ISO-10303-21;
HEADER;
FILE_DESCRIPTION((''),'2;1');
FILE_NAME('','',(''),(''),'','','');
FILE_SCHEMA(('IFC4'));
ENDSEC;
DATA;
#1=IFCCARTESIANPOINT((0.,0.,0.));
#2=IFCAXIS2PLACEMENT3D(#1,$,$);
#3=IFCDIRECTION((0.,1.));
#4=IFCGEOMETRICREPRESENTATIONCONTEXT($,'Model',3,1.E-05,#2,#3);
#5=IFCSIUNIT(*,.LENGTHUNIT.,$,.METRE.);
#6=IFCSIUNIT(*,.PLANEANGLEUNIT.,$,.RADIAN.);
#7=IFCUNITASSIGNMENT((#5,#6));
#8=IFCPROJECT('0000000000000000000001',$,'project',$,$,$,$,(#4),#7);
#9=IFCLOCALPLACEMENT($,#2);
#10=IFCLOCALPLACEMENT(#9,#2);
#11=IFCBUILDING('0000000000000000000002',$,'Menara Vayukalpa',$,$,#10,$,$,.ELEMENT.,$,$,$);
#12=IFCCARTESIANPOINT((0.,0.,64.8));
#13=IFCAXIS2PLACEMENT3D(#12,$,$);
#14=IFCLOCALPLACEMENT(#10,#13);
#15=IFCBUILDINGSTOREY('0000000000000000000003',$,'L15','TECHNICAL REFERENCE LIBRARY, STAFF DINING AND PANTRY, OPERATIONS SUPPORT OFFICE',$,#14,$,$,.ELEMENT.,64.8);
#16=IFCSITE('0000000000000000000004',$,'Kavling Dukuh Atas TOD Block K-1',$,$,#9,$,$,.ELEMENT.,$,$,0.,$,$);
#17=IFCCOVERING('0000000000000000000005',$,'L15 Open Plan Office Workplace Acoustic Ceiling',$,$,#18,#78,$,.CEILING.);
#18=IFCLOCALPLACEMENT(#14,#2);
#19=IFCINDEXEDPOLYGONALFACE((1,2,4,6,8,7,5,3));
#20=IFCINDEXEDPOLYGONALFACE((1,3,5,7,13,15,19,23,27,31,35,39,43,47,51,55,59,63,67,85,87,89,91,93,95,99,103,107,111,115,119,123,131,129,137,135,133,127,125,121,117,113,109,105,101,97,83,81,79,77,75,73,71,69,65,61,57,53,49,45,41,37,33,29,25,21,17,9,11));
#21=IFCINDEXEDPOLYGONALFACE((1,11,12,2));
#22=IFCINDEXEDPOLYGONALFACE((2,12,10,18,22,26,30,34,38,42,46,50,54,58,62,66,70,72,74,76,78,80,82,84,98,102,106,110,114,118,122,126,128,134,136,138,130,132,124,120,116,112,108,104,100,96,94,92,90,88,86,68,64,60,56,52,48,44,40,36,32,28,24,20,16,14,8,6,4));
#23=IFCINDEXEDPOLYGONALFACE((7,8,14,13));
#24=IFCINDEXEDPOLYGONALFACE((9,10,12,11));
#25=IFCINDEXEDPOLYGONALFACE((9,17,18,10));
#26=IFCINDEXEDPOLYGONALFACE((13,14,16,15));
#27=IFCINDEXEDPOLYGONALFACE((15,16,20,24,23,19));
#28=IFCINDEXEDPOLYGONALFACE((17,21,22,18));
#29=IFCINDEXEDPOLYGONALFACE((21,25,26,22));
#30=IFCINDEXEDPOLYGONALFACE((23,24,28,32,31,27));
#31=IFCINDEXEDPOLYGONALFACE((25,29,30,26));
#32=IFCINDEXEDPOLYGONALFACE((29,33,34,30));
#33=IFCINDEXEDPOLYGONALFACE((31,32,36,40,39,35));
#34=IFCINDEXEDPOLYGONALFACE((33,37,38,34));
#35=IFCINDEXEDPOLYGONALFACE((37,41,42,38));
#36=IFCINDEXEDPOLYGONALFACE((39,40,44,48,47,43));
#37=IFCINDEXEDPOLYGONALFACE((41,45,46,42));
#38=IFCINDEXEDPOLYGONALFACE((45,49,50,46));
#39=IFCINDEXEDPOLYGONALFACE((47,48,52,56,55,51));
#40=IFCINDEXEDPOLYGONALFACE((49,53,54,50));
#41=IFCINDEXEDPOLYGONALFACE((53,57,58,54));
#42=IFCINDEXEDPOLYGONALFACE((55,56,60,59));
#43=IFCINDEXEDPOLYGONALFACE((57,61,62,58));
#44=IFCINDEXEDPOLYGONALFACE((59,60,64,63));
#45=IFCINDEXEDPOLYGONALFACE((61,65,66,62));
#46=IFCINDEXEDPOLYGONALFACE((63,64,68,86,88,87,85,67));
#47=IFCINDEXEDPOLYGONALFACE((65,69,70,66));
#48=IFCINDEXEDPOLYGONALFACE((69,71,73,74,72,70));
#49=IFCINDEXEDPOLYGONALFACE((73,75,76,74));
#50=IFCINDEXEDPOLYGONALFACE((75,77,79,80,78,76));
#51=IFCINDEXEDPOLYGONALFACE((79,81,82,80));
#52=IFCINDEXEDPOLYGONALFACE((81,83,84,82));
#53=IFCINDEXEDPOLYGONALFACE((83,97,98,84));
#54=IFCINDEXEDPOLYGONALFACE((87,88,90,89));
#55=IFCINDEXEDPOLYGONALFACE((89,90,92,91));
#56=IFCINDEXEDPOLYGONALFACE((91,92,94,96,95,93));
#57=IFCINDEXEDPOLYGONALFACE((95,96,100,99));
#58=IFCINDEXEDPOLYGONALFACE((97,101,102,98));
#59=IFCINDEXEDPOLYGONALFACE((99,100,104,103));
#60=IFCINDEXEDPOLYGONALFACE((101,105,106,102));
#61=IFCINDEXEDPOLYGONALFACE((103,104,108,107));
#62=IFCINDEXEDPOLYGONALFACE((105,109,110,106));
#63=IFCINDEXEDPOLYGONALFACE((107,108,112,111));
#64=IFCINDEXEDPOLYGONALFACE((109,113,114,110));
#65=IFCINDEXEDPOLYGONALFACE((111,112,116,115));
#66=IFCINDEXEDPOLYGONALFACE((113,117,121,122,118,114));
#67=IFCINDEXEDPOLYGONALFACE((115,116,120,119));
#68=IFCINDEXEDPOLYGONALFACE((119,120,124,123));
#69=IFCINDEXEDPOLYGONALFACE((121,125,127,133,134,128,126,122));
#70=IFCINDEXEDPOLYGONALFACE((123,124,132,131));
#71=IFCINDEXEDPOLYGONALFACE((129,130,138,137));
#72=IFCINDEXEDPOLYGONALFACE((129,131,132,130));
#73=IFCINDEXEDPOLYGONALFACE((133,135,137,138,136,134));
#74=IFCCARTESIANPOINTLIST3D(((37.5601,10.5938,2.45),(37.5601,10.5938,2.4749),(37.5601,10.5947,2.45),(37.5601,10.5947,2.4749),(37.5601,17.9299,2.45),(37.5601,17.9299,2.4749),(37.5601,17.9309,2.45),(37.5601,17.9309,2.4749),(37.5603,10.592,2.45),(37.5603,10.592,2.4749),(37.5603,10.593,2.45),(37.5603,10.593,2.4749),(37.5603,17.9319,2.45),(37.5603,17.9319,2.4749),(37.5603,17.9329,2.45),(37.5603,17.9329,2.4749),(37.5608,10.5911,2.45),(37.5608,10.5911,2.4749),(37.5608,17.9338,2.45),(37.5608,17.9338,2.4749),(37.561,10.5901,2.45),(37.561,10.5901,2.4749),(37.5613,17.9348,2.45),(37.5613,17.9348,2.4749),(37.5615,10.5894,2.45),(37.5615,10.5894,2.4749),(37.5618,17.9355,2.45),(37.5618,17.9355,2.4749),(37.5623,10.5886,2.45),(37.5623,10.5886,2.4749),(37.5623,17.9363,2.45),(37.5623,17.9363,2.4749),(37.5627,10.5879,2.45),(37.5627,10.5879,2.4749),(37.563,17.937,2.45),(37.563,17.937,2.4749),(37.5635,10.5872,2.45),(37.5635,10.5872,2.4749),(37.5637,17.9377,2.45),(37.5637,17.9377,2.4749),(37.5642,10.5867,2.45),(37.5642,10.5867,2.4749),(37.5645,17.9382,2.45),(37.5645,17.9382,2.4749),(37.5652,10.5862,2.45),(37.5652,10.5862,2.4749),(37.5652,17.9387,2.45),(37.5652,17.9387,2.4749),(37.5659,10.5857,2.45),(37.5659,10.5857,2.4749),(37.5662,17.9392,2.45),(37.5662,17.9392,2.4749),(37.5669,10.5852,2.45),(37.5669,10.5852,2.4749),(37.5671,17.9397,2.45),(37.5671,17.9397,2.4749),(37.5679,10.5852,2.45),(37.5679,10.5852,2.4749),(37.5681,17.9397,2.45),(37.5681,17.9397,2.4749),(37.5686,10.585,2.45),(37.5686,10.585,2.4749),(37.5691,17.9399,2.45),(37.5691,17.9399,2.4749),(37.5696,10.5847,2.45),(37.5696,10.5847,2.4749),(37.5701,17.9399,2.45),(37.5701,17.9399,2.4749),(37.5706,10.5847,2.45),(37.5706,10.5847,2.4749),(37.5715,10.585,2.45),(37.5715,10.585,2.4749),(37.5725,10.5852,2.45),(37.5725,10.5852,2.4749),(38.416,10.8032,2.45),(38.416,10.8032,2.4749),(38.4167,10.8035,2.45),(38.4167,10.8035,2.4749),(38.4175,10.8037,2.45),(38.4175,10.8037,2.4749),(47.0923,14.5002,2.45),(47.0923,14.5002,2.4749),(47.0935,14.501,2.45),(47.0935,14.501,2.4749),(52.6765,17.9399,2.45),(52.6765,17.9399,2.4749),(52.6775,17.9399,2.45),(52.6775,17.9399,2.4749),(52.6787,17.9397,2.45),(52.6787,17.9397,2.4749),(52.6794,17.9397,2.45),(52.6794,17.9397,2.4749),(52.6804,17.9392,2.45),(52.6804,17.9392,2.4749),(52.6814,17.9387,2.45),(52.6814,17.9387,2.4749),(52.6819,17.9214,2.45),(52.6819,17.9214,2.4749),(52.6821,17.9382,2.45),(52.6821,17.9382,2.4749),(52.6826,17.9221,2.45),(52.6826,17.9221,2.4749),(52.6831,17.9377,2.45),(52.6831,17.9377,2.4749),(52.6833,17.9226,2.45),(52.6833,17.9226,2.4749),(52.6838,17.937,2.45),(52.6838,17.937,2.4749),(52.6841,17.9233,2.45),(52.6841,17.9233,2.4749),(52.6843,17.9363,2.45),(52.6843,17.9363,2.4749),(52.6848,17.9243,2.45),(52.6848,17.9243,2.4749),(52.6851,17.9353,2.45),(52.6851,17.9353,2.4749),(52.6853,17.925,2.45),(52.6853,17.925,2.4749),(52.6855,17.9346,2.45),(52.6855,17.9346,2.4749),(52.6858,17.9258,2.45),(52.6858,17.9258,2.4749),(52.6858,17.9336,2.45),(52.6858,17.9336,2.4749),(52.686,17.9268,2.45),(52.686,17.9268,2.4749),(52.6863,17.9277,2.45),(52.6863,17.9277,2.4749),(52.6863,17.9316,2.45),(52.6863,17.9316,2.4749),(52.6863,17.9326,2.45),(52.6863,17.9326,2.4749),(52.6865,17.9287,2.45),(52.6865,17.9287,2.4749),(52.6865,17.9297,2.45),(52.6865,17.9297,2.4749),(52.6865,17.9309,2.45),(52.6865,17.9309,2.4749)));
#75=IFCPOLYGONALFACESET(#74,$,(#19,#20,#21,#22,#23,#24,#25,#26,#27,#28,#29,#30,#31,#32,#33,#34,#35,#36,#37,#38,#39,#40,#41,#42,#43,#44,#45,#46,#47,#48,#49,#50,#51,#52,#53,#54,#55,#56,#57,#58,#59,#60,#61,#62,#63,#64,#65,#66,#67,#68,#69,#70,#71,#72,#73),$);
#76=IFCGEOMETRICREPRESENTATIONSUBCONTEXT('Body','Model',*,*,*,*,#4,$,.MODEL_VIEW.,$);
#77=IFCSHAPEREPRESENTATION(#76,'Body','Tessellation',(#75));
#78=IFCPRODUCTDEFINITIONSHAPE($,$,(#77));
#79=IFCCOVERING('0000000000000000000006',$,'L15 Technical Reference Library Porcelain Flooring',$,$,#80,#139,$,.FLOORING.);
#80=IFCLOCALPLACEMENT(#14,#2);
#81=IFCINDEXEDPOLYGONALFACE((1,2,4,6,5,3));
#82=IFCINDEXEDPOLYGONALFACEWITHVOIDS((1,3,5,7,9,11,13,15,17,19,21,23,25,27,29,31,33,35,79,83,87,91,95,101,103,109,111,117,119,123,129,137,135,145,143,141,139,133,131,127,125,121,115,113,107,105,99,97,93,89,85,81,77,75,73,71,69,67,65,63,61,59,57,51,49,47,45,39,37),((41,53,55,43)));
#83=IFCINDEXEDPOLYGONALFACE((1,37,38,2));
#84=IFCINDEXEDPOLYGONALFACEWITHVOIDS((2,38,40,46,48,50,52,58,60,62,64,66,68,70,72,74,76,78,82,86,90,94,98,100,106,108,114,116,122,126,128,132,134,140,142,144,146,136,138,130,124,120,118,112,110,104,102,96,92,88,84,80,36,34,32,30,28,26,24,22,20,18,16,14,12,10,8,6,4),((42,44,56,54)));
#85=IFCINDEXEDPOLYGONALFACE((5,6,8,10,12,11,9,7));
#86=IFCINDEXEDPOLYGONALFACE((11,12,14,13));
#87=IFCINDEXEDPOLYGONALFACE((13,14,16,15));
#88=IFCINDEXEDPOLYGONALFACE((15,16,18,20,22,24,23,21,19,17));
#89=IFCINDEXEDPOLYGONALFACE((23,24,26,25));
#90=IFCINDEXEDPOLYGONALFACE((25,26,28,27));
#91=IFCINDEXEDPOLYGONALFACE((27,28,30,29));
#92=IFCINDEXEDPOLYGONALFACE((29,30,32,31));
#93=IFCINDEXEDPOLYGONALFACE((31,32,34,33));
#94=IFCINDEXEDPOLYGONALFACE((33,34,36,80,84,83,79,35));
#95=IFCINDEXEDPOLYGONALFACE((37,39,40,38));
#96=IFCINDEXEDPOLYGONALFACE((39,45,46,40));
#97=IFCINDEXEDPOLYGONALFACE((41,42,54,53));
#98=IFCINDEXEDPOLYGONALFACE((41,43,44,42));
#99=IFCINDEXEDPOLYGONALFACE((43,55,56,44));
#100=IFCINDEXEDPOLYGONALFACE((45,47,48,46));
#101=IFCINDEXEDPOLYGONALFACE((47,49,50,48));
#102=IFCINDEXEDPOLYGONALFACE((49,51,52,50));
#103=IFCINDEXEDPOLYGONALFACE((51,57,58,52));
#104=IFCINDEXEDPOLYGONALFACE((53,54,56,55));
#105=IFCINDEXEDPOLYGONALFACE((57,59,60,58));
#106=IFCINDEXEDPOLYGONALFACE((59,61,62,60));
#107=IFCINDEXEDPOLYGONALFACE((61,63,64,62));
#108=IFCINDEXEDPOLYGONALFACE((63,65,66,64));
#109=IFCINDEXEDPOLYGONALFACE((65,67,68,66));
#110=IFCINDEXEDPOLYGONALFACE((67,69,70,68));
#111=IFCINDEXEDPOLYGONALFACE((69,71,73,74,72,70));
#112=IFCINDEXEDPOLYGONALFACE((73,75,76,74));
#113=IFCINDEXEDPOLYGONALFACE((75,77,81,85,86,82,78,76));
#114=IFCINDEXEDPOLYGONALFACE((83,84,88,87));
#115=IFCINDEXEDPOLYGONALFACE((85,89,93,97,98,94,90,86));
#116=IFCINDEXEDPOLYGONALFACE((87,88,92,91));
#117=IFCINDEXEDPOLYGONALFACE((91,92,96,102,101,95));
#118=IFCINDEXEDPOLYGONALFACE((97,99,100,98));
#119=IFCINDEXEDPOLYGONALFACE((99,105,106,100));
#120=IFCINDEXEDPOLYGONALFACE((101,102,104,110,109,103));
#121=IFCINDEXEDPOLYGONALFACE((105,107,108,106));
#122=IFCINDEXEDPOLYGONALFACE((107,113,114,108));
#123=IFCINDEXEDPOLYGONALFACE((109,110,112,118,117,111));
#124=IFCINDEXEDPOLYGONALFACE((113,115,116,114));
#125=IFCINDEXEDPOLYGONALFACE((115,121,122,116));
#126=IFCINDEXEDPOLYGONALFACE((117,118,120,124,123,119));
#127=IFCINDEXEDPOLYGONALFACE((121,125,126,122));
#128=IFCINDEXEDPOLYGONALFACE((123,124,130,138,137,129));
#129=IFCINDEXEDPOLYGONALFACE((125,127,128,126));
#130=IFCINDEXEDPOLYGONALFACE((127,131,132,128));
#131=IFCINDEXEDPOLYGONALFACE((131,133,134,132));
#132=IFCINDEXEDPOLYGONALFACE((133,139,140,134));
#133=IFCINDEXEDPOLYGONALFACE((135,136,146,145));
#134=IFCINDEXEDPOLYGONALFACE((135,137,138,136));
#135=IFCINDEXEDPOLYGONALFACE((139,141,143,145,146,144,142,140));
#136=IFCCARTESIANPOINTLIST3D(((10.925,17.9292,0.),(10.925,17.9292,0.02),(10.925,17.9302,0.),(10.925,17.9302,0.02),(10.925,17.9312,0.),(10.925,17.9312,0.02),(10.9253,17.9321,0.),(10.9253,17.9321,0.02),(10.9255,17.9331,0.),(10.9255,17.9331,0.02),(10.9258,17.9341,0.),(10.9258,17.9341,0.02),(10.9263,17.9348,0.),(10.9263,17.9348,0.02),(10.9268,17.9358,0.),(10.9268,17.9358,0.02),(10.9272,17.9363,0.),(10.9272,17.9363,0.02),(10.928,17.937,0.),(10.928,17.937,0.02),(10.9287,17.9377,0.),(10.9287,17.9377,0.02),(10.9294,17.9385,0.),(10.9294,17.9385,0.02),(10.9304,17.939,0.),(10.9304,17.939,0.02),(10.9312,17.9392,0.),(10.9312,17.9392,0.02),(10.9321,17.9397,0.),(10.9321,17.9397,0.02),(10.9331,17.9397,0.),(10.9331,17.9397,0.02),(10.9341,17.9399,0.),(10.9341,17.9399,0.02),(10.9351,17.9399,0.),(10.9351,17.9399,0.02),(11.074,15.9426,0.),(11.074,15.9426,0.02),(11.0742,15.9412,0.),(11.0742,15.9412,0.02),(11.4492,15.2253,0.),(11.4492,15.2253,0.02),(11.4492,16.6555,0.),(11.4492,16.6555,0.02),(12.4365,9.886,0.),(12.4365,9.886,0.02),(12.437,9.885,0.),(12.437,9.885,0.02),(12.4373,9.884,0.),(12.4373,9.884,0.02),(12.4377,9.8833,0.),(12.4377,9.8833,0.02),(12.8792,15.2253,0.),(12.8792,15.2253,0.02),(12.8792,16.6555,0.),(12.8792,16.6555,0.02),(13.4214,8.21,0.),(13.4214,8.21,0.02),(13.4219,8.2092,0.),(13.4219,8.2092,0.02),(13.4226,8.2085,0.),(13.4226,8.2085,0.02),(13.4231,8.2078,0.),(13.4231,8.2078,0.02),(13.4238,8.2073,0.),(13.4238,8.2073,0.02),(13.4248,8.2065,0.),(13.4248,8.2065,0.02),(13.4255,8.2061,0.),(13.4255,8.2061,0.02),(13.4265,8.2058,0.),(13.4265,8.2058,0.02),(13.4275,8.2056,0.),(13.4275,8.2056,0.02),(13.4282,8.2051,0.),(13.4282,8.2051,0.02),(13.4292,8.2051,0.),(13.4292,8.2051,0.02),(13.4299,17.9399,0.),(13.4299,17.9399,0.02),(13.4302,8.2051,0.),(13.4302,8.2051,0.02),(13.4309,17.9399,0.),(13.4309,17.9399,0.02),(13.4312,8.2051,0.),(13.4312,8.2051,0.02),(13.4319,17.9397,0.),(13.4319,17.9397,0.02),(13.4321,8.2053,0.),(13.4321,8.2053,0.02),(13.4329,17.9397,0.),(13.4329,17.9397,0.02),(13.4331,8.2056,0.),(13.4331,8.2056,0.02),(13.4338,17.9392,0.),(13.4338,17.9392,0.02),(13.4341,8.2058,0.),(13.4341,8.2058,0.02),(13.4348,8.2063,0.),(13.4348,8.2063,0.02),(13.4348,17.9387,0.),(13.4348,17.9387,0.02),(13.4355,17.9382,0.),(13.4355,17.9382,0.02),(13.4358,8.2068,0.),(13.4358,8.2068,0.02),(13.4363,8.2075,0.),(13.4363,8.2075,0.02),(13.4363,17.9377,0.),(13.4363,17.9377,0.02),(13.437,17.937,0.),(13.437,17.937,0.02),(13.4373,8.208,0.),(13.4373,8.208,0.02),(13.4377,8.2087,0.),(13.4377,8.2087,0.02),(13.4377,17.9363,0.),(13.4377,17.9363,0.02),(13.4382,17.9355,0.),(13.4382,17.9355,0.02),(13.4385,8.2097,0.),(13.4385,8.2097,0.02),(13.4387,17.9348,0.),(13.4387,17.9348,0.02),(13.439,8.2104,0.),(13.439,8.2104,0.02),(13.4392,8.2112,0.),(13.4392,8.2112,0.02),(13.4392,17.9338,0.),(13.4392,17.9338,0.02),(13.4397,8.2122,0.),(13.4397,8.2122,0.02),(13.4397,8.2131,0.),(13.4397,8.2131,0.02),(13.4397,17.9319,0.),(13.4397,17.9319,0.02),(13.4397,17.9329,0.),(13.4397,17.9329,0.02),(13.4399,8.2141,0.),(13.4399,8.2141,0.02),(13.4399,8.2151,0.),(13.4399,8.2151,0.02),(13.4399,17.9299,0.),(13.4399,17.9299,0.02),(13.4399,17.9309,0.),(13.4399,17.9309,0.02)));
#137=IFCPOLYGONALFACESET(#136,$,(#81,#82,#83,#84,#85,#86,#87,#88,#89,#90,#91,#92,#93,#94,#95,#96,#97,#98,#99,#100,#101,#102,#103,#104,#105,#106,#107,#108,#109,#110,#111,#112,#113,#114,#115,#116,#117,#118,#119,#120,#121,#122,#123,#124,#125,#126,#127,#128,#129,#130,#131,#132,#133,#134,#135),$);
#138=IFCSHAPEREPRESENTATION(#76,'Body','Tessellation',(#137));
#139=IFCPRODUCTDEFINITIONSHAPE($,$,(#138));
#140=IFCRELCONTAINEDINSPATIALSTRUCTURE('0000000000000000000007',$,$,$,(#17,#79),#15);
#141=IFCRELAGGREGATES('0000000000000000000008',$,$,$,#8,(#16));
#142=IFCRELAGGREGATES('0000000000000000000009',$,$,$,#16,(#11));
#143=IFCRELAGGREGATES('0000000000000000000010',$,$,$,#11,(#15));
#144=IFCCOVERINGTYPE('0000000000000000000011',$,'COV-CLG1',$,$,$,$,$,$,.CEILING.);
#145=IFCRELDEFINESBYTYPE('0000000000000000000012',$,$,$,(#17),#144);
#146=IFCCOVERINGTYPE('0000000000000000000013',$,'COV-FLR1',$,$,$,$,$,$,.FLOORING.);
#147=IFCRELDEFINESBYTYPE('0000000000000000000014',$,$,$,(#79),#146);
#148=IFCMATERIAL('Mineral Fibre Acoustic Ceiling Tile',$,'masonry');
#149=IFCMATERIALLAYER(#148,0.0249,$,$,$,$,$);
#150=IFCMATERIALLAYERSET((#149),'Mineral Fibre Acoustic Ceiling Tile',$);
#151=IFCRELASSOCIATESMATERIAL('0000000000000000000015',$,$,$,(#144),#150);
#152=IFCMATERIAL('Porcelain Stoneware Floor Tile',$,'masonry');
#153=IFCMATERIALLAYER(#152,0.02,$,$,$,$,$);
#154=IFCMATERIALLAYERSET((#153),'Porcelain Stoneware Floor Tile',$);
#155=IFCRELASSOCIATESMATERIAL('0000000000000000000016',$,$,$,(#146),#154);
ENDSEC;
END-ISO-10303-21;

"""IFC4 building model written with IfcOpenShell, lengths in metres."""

from ifc_helpers import new_model, si_unit, direction, frame, origin, place, context, subcontext, project, spatial, polyline, outline, extrude, material, layer, layer_set, type_object, element, save


model = new_model("IFC4")

# Units and contexts
model_context = context("Model", 3, precision=1e-05, world=origin(), true_north=direction((0.0, 1.0)))
body_context = subcontext(model_context, "Body", "Model", "MODEL_VIEW")
ifc_project = project(units=[si_unit("LENGTHUNIT", "METRE"), si_unit("PLANEANGLEUNIT", "RADIAN")], contexts=[model_context])

# Site, building, storey
site_placement = place(None, origin())
site = spatial("IfcSite", under=ifc_project, at=site_placement, Name="Kavling Dukuh Atas TOD Block K-1", CompositionType="ELEMENT", RefElevation=0.0)
building_placement = place(site_placement, origin())
building = spatial("IfcBuilding", under=site, at=building_placement, Name="Menara Vayukalpa", CompositionType="ELEMENT")
storey_placement = place(building_placement, frame((0.0, 0.0, 64.8)))
storey = spatial("IfcBuildingStorey", under=building, at=storey_placement, Name="L15", Description="TECHNICAL REFERENCE LIBRARY, STAFF DINING AND PANTRY, OPERATIONS SUPPORT OFFICE", CompositionType="ELEMENT", Elevation=64.8)

# Coverings
ifc_material_1 = material(Name="Mineral Fibre Acoustic Ceiling Tile", Category="masonry")
ifc_layer_1 = layer(ifc_material_1, 0.0249)
ifc_layer_set_1 = layer_set([ifc_layer_1], Name="Mineral Fibre Acoustic Ceiling Tile")
covering_type_1 = type_object("IfcCoveringType", Name="COV-CLG1", PredefinedType="CEILING", material=ifc_layer_set_1)
covering_1_placement = place(storey_placement, frame((0.0, 0.0, 2.45)))
element("IfcCovering", 1, at=covering_1_placement, inside=storey, type_object=covering_type_1, Name="L15 Open Plan Office Workplace Acoustic Ceiling", PredefinedType="CEILING", context=body_context, shape_type="SweptSolid", body=[
    extrude(outline(polyline([(38.4167, 10.8035), (38.416, 10.8032), (37.5725, 10.5852), (37.5715, 10.585), (37.5706, 10.5847), (37.5696, 10.5847), (37.5686, 10.585), (37.5679, 10.5852), (37.5669, 10.5852), (37.5659, 10.5857), (37.5652, 10.5862), (37.5642, 10.5867), (37.5635, 10.5872), (37.5627, 10.5879), (37.5623, 10.5886), (37.5615, 10.5894), (37.561, 10.5901), (37.5608, 10.5911), (37.5603, 10.592), (37.5603, 10.593), (37.5601, 10.5938), (37.5601, 10.5947), (37.5601, 17.9299), (37.5601, 17.9309), (37.5603, 17.9319), (37.5603, 17.9329), (37.5608, 17.9338), (37.5613, 17.9348), (37.5618, 17.9355), (37.5623, 17.9363), (37.563, 17.937), (37.5637, 17.9377), (37.5645, 17.9382), (37.5652, 17.9387), (37.5662, 17.9392), (37.5671, 17.9397), (37.5681, 17.9397), (37.5691, 17.9399), (37.5701, 17.9399), (52.6765, 17.9399), (52.6775, 17.9399), (52.6787, 17.9397), (52.6794, 17.9397), (52.6804, 17.9392), (52.6814, 17.9387), (52.6821, 17.9382), (52.6831, 17.9377), (52.6838, 17.937), (52.6843, 17.9363), (52.6851, 17.9353), (52.6855, 17.9346), (52.6858, 17.9336), (52.6863, 17.9326), (52.6863, 17.9316), (52.6865, 17.9309), (52.6865, 17.9297), (52.6865, 17.9287), (52.6863, 17.9277), (52.686, 17.9268), (52.6858, 17.9258), (52.6853, 17.925), (52.6848, 17.9243), (52.6841, 17.9233), (52.6833, 17.9226), (52.6826, 17.9221), (52.6819, 17.9214), (47.0935, 14.501), (47.0923, 14.5002), (38.4175, 10.8037), (38.4167, 10.8035)])), origin(), (0.0, 0.0, 1.0), 0.0249),
])
ifc_material_2 = material(Name="Porcelain Stoneware Floor Tile", Category="masonry")
ifc_layer_2 = layer(ifc_material_2, 0.02)
ifc_layer_set_2 = layer_set([ifc_layer_2], Name="Porcelain Stoneware Floor Tile")
covering_type_2 = type_object("IfcCoveringType", Name="COV-FLR1", PredefinedType="FLOORING", material=ifc_layer_set_2)
covering_2_placement = place(storey_placement, origin())
element("IfcCovering", 2, at=covering_2_placement, inside=storey, type_object=covering_type_2, Name="L15 Technical Reference Library Porcelain Flooring", PredefinedType="FLOORING", context=body_context, shape_type="SweptSolid", body=[
    extrude(outline(polyline([(12.437, 9.885), (12.4365, 9.886), (11.0742, 15.9412), (11.074, 15.9426), (10.925, 17.9292), (10.925, 17.9302), (10.925, 17.9312), (10.9253, 17.9321), (10.9255, 17.9331), (10.9258, 17.9341), (10.9263, 17.9348), (10.9268, 17.9358), (10.9272, 17.9363), (10.928, 17.937), (10.9287, 17.9377), (10.9294, 17.9385), (10.9304, 17.939), (10.9312, 17.9392), (10.9321, 17.9397), (10.9331, 17.9397), (10.9341, 17.9399), (10.9351, 17.9399), (13.4299, 17.9399), (13.4309, 17.9399), (13.4319, 17.9397), (13.4329, 17.9397), (13.4338, 17.9392), (13.4348, 17.9387), (13.4355, 17.9382), (13.4363, 17.9377), (13.437, 17.937), (13.4377, 17.9363), (13.4382, 17.9355), (13.4387, 17.9348), (13.4392, 17.9338), (13.4397, 17.9329), (13.4397, 17.9319), (13.4399, 17.9309), (13.4399, 17.9299), (13.4399, 8.2151), (13.4399, 8.2141), (13.4397, 8.2131), (13.4397, 8.2122), (13.4392, 8.2112), (13.439, 8.2104), (13.4385, 8.2097), (13.4377, 8.2087), (13.4373, 8.208), (13.4363, 8.2075), (13.4358, 8.2068), (13.4348, 8.2063), (13.4341, 8.2058), (13.4331, 8.2056), (13.4321, 8.2053), (13.4312, 8.2051), (13.4302, 8.2051), (13.4292, 8.2051), (13.4282, 8.2051), (13.4275, 8.2056), (13.4265, 8.2058), (13.4255, 8.2061), (13.4248, 8.2065), (13.4238, 8.2073), (13.4231, 8.2078), (13.4226, 8.2085), (13.4219, 8.2092), (13.4214, 8.21), (12.4377, 9.8833), (12.4373, 9.884), (12.437, 9.885)]), holes=[polyline([(12.8792, 16.6555), (11.4492, 16.6555), (11.4492, 15.2253), (12.8792, 15.2253), (12.8792, 16.6555)])]), origin(), (0.0, 0.0, 1.0), 0.02),
])

save(model, "model.ifc")
